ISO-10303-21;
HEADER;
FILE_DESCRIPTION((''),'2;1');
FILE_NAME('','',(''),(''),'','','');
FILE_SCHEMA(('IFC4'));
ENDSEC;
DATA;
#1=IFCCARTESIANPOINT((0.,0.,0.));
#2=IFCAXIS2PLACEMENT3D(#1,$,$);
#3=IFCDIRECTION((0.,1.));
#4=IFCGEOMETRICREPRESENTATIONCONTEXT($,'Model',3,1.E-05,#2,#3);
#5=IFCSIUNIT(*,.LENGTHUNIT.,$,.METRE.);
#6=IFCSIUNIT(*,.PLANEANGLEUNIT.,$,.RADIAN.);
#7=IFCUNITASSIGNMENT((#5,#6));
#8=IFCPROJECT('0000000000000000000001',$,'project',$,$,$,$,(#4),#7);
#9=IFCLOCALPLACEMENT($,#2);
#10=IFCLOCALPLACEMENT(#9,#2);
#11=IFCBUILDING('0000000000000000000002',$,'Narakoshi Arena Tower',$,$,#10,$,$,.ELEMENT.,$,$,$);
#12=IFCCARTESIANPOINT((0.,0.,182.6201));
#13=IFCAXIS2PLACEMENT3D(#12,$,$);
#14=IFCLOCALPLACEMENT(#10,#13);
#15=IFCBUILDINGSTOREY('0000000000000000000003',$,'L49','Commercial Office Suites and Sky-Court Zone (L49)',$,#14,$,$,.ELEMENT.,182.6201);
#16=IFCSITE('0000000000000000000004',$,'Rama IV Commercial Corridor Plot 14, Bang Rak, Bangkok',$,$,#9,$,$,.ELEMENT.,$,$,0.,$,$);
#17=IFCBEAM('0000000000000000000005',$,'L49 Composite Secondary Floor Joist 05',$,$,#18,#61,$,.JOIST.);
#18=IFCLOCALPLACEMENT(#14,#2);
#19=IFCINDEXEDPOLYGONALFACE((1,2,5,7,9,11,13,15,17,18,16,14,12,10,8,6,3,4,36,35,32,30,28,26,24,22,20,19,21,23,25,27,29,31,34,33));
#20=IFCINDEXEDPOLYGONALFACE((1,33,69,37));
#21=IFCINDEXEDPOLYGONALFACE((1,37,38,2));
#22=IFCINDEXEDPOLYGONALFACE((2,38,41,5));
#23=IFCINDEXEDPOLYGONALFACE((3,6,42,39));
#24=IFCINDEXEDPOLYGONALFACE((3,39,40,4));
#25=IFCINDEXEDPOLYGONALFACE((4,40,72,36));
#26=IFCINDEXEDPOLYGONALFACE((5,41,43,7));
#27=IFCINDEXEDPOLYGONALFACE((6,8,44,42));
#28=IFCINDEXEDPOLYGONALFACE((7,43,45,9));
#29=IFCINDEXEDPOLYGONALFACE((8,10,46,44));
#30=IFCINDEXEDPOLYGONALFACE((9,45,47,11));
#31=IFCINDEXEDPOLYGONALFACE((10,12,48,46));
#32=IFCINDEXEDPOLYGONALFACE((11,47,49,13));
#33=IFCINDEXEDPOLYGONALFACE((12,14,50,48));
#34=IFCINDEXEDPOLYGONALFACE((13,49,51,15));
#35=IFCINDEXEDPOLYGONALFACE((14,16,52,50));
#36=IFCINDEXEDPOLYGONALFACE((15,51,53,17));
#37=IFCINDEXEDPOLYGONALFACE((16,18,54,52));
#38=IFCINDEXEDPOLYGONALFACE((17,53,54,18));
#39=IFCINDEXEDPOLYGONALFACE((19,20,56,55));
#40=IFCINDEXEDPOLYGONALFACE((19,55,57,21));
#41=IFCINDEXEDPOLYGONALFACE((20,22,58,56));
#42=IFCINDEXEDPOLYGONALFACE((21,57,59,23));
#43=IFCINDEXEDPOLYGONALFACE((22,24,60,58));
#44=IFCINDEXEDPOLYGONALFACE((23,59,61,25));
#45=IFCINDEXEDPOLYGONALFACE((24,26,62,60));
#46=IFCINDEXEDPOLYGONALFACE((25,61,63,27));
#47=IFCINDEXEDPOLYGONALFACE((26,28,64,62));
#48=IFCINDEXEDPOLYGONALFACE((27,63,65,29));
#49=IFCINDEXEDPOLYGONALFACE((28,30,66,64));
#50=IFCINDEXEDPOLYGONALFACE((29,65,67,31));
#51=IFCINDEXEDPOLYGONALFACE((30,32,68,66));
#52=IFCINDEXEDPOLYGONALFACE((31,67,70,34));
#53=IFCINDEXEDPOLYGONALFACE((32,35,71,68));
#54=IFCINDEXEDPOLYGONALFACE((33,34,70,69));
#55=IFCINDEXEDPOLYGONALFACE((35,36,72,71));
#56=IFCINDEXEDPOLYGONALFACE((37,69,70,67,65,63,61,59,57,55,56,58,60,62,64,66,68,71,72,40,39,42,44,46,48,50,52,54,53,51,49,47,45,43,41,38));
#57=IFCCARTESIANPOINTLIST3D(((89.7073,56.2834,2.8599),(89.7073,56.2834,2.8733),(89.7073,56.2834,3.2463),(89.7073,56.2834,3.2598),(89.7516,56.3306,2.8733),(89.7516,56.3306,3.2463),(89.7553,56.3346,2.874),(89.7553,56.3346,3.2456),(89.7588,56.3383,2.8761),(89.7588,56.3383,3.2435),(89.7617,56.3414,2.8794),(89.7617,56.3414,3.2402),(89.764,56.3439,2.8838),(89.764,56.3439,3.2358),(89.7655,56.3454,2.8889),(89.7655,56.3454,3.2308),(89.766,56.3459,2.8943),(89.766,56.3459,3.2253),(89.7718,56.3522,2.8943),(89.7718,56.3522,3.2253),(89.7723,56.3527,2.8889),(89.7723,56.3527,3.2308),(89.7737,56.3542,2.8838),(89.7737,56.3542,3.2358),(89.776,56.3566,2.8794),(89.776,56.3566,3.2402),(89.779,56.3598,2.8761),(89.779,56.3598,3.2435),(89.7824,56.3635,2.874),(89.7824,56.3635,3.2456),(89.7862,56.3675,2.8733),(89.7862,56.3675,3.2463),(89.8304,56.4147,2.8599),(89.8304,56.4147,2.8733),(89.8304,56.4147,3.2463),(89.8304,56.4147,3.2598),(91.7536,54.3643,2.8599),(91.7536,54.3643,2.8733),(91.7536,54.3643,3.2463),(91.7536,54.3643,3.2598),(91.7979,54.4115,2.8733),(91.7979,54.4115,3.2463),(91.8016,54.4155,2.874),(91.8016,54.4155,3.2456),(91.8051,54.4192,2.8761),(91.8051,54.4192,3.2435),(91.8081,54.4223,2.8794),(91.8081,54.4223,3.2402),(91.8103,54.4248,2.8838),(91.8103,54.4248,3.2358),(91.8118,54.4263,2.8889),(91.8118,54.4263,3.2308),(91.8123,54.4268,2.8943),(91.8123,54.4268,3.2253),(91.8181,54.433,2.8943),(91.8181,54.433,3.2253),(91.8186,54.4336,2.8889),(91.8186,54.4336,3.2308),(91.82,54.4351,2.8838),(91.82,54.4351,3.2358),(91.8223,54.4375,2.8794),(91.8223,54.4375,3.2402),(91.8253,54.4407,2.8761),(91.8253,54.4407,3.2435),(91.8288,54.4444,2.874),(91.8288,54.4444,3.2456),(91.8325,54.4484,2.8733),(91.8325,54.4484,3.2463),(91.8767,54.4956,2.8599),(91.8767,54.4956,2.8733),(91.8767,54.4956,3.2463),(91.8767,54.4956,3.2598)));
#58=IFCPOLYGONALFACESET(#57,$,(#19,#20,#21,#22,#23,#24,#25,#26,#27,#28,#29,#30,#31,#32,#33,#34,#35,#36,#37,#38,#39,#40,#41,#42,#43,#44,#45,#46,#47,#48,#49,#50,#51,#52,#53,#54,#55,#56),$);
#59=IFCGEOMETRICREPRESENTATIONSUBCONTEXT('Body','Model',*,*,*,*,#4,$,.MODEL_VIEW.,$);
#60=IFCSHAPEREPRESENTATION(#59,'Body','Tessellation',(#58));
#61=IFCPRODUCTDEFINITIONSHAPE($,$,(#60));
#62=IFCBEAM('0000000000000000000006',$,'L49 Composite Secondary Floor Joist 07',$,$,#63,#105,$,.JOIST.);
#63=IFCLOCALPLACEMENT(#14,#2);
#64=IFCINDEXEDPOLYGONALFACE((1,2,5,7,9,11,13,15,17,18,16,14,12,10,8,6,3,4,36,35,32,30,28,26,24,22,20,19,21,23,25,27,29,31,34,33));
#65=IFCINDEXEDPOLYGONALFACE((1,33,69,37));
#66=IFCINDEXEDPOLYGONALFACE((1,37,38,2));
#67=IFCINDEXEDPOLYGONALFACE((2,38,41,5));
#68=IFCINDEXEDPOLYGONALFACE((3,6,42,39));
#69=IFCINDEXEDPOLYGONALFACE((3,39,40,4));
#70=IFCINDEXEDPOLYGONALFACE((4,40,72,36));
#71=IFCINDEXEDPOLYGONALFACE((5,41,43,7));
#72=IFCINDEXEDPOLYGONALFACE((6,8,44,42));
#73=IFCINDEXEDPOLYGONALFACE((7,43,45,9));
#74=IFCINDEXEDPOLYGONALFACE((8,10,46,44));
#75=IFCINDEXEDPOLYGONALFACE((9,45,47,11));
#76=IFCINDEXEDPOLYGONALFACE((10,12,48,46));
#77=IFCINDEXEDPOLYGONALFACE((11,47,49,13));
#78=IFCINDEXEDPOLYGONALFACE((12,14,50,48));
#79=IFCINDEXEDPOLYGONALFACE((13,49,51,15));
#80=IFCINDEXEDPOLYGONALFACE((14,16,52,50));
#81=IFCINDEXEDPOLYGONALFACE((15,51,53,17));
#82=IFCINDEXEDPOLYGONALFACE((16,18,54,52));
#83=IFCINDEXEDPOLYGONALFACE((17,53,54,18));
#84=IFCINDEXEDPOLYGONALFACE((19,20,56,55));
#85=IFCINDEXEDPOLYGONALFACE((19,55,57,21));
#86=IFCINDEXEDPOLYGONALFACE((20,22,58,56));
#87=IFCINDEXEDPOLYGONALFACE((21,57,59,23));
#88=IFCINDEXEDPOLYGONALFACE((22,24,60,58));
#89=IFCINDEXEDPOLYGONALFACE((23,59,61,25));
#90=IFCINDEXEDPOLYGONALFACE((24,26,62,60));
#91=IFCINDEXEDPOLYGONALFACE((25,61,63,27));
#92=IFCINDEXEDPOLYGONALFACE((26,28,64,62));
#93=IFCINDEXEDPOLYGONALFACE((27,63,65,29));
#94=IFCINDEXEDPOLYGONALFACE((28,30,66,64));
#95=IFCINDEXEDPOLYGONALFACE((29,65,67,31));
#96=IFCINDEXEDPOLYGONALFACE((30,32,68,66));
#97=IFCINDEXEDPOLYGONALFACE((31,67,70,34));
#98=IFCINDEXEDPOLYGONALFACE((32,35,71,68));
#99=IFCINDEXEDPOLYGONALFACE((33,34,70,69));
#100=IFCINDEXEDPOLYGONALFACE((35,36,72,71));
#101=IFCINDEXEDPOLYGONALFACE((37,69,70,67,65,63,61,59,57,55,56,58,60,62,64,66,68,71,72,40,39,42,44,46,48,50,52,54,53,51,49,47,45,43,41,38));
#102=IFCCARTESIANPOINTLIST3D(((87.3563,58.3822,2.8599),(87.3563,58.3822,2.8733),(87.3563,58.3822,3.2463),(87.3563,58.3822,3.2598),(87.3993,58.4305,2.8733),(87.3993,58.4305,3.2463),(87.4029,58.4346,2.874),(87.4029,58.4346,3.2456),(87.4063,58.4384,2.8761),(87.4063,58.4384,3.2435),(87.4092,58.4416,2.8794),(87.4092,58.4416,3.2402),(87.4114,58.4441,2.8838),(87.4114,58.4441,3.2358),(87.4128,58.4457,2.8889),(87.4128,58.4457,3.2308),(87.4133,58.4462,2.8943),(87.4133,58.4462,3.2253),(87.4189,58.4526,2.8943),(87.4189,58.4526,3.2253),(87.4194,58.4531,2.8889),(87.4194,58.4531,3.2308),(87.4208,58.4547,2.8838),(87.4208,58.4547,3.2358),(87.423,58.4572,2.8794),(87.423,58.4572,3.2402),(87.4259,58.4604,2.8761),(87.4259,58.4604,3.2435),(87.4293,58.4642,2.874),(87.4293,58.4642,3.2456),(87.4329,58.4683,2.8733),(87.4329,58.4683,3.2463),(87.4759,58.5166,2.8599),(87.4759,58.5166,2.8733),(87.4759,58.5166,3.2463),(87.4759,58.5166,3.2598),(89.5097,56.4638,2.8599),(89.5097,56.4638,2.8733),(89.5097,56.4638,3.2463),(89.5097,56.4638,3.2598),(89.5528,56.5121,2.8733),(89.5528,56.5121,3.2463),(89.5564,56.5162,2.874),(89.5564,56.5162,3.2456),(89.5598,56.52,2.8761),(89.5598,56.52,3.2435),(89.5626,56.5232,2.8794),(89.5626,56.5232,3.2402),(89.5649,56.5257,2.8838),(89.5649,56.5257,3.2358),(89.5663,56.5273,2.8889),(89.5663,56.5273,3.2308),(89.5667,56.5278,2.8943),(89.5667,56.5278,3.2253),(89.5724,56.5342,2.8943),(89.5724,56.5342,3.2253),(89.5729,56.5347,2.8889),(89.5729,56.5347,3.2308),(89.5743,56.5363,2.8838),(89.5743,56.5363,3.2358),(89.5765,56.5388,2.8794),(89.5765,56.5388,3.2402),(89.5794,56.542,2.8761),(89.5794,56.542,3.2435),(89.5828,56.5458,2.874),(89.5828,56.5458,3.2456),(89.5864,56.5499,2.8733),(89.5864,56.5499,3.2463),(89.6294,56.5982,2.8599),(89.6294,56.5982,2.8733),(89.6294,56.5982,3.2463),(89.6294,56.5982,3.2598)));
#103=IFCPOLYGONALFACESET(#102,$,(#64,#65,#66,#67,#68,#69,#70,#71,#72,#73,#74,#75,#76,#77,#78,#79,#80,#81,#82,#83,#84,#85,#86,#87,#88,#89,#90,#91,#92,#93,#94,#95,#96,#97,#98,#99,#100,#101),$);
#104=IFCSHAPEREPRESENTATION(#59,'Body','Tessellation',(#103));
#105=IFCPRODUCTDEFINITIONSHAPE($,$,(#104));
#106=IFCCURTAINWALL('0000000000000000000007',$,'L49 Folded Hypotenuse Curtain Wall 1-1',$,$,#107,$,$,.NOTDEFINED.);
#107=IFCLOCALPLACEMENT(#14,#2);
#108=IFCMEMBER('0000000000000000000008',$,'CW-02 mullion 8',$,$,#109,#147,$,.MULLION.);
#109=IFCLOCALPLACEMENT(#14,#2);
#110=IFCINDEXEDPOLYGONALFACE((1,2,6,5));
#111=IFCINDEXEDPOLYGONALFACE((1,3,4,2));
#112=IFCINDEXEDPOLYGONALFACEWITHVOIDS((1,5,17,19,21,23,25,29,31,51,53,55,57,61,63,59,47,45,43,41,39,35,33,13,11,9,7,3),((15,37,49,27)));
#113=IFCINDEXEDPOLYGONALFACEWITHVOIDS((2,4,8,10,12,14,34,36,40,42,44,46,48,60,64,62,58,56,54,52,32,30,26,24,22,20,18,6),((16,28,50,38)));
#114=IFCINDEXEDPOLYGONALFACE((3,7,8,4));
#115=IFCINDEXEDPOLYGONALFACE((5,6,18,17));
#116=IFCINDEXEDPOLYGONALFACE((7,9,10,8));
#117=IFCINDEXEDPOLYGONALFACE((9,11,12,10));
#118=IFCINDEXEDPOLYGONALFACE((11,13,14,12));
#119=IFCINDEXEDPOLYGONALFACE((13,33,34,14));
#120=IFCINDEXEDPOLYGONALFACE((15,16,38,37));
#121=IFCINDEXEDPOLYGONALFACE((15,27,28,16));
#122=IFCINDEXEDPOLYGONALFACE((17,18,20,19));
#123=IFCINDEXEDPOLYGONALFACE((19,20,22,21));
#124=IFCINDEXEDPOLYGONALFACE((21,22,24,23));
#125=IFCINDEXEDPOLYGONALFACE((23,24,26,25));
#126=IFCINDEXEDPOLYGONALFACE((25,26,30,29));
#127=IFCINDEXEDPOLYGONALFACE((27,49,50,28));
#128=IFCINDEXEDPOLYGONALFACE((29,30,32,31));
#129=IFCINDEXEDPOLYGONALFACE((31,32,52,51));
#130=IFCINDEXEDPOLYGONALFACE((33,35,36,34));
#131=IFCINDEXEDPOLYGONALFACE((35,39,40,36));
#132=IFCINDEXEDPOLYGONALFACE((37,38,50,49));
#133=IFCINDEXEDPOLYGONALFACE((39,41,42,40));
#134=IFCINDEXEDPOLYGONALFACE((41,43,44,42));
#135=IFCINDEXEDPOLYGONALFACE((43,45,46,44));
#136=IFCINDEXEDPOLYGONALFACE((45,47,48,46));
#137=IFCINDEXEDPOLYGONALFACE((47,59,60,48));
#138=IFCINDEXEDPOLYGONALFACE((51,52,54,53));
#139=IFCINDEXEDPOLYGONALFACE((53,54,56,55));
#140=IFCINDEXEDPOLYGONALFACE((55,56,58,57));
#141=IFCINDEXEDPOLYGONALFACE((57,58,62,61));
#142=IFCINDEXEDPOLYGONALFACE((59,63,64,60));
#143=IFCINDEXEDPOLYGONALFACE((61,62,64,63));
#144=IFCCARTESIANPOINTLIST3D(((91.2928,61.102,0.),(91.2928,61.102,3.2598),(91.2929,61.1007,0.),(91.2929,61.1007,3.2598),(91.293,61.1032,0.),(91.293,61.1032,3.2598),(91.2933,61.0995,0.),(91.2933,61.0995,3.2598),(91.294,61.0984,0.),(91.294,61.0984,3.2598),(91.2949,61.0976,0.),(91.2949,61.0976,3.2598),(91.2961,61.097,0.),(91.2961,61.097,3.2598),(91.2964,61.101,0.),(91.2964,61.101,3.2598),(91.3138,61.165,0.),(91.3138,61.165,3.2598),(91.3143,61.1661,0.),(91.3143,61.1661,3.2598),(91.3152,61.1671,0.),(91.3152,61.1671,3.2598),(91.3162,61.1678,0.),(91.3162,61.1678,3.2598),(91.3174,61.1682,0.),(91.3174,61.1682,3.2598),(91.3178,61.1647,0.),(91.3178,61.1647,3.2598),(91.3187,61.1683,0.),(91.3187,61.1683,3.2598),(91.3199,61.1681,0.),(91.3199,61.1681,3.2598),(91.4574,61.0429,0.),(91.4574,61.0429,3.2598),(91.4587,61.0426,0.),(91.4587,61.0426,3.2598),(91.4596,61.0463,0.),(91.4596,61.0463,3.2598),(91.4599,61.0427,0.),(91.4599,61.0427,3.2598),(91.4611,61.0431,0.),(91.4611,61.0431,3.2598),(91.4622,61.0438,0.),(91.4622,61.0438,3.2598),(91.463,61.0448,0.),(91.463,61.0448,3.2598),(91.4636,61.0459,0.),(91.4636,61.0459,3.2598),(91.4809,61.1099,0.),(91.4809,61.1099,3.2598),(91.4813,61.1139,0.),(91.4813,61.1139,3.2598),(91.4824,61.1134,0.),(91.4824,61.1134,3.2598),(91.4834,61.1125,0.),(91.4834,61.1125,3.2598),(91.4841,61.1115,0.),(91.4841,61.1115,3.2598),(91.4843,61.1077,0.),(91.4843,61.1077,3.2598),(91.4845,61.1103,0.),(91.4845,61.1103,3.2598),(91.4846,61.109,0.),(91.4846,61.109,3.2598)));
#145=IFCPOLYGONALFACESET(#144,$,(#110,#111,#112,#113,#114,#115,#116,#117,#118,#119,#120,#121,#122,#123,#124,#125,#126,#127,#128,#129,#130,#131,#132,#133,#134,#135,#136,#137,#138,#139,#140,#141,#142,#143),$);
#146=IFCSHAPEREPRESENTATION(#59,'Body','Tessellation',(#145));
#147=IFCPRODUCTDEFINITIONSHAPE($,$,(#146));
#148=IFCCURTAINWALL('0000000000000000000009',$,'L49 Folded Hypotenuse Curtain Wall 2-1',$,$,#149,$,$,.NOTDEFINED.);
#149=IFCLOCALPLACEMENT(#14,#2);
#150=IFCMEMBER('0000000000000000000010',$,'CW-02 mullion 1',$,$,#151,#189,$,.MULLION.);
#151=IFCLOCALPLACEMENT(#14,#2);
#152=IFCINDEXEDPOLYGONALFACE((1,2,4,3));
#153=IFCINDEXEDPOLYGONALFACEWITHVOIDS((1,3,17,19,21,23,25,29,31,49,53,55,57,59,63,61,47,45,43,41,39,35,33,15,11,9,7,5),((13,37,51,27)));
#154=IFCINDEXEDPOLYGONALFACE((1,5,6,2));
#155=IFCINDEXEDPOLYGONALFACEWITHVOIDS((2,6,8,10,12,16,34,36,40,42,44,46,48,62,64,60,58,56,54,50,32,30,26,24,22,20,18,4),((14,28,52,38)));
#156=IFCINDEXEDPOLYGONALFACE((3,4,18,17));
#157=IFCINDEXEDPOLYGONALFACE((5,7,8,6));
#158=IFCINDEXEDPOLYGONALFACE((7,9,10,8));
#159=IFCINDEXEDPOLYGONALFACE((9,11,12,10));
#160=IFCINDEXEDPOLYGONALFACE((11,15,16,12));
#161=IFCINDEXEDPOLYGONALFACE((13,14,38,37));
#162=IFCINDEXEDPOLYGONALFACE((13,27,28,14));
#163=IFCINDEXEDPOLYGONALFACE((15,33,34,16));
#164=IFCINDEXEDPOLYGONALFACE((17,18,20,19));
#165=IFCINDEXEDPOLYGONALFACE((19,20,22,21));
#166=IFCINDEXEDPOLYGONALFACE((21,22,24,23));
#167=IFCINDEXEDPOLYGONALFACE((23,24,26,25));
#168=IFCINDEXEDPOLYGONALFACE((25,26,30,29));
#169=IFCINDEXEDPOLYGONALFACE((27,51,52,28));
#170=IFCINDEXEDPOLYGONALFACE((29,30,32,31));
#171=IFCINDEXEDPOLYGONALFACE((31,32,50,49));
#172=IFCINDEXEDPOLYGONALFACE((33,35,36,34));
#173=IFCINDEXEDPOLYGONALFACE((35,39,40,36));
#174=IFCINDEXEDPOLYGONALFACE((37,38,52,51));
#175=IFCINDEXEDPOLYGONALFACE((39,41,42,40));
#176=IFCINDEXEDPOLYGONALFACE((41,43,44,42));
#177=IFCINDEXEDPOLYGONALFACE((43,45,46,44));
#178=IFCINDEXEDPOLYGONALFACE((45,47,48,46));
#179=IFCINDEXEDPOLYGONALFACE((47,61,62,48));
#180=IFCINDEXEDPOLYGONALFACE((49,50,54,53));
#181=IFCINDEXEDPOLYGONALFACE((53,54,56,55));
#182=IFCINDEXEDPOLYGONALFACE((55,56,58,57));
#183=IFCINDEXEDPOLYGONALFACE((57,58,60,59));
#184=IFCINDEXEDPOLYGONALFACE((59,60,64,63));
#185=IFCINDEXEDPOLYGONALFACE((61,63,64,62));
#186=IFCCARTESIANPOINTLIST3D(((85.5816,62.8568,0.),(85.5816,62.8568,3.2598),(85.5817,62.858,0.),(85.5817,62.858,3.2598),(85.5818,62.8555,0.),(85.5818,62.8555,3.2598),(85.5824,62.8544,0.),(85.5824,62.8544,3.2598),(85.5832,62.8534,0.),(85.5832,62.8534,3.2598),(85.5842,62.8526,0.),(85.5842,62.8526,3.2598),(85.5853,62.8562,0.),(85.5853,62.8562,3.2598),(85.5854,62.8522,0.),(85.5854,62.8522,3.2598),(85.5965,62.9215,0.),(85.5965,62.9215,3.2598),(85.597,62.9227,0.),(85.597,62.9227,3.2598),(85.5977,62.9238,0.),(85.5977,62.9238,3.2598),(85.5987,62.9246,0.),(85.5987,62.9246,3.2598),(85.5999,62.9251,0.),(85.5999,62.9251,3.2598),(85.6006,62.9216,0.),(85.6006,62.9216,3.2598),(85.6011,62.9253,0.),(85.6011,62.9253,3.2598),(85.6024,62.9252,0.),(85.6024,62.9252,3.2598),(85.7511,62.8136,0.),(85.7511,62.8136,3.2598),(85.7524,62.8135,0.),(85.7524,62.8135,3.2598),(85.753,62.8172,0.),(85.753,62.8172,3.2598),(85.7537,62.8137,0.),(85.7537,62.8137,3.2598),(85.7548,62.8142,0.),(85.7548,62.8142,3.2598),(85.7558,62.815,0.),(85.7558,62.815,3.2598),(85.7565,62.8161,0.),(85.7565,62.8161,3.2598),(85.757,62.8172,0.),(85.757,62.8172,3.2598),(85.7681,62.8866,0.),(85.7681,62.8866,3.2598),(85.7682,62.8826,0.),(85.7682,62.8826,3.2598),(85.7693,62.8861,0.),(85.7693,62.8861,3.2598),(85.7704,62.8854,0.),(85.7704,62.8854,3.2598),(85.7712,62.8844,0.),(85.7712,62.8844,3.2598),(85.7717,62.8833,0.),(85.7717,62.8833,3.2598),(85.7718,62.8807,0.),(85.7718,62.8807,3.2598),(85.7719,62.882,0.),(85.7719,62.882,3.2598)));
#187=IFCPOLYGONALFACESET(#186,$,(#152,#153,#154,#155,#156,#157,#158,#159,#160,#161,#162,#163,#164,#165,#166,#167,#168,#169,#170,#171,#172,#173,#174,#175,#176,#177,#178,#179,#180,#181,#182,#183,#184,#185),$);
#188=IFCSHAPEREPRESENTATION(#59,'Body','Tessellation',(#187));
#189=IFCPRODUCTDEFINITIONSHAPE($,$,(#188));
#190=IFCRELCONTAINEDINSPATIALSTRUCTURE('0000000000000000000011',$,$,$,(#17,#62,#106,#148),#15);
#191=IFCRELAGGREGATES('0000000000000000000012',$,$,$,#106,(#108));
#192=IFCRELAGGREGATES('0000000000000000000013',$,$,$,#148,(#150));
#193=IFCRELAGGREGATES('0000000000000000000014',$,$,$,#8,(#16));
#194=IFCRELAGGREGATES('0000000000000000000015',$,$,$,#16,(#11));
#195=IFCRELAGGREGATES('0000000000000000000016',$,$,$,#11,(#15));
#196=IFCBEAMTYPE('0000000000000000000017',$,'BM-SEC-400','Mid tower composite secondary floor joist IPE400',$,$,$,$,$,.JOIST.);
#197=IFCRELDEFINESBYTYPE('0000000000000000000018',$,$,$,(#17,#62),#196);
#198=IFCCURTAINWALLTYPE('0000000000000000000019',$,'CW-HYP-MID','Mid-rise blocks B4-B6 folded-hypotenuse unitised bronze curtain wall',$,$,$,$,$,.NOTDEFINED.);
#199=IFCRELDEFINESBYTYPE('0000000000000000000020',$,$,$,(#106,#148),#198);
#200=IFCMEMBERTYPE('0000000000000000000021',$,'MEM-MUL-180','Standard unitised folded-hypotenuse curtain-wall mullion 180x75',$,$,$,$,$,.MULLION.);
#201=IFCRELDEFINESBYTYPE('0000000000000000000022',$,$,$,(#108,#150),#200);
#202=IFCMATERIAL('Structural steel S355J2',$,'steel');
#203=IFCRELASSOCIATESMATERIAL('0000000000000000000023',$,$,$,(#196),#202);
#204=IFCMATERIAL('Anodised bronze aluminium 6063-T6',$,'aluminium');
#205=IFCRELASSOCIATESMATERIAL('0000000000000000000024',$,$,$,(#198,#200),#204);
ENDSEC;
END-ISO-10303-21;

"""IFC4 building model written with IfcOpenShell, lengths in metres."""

from ifc_helpers import new_model, si_unit, direction, frame, origin, origin_2d, place, context, subcontext, project, spatial, hollow_rectangle, i_section, extrude, material, material_profile, profile_set, type_object, element, aggregate, save


model = new_model("IFC4")

# Units and contexts
model_context = context("Model", 3, precision=1e-05, world=origin(), true_north=direction((0.0, 1.0)))
body_context = subcontext(model_context, "Body", "Model", "MODEL_VIEW")
ifc_project = project(units=[si_unit("LENGTHUNIT", "METRE"), si_unit("PLANEANGLEUNIT", "RADIAN")], contexts=[model_context])

# Site, building, storey
site_placement = place(None, origin())
site = spatial("IfcSite", under=ifc_project, at=site_placement, Name="Rama IV Commercial Corridor Plot 14, Bang Rak, Bangkok", CompositionType="ELEMENT", RefElevation=0.0)
building_placement = place(site_placement, origin())
building = spatial("IfcBuilding", under=site, at=building_placement, Name="Narakoshi Arena Tower", CompositionType="ELEMENT")
storey_placement = place(building_placement, frame((0.0, 0.0, 182.6201)))
storey = spatial("IfcBuildingStorey", under=building, at=storey_placement, Name="L49", Description="Commercial Office Suites and Sky-Court Zone (L49)", CompositionType="ELEMENT", Elevation=182.6201)

# Beams
ifc_material_1 = material(Name="Structural steel S355J2", Category="steel")
ifc_material_profile_1 = material_profile(ifc_material_1, i_section(OverallWidth=0.1799, OverallDepth=0.3999, WebThickness=0.0085, FlangeThickness=0.0134, FilletRadius=0.021, at=origin_2d()), Name="IPE400")
ifc_profile_set_1 = profile_set([ifc_material_profile_1], Name="Structural steel S355J2")
beam_type_1 = type_object("IfcBeamType", Name="BM-SEC-400", Description="Mid tower composite secondary floor joist IPE400", PredefinedType="JOIST", material=ifc_profile_set_1)
beam_1_placement = place(storey_placement, frame((91.8152, 54.4299, 3.0598), z_axis=(-0.729412, 0.684074, 0.0), x_axis=(-0.684074, -0.729412, 0.0)))
element("IfcBeam", 1, at=beam_1_placement, inside=storey, type_object=beam_type_1, Name="L49 Composite Secondary Floor Joist 05", PredefinedType="JOIST", context=body_context, shape_type="SweptSolid", body=[
    extrude(i_section(OverallWidth=0.1799, OverallDepth=0.3999, WebThickness=0.0085, FlangeThickness=0.0134, FilletRadius=0.021, at=origin_2d()), origin(), (0.0, 0.0, 1.0), 2.8054),
])
beam_2_placement = place(storey_placement, frame((89.5696, 56.531, 3.0598), z_axis=(-0.74669, 0.665173, 0.0), x_axis=(-0.665173, -0.74669, 0.0)))
element("IfcBeam", 2, at=beam_2_placement, inside=storey, type_object=beam_type_1, Name="L49 Composite Secondary Floor Joist 07", PredefinedType="JOIST", context=body_context, shape_type="SweptSolid", body=[
    extrude(i_section(OverallWidth=0.1799, OverallDepth=0.3999, WebThickness=0.0085, FlangeThickness=0.0134, FilletRadius=0.021, at=origin_2d()), origin(), (0.0, 0.0, 1.0), 2.884),
])

# Curtain wall, member
ifc_material_2 = material(Name="Anodised bronze aluminium 6063-T6", Category="aluminium")
curtain_wall_type = type_object("IfcCurtainWallType", Name="CW-HYP-MID", Description="Mid-rise blocks B4-B6 folded-hypotenuse unitised bronze curtain wall", PredefinedType="NOTDEFINED", material=ifc_material_2)
curtain_wall_1_placement = place(storey_placement, origin())
curtain_wall_1 = element("IfcCurtainWall", 3, at=curtain_wall_1_placement, inside=storey, type_object=curtain_wall_type, Name="L49 Folded Hypotenuse Curtain Wall 1-1", PredefinedType="NOTDEFINED")
ifc_material_profile_2 = material_profile(ifc_material_2, hollow_rectangle(XDim=0.075, YDim=0.1799, WallThickness=0.0039, OuterFilletRadius=0.0049, at=origin_2d()), Name="MUL180x75x4")
ifc_profile_set_2 = profile_set([ifc_material_profile_2], Name="Anodised bronze aluminium 6063-T6")
member_type_1 = type_object("IfcMemberType", Name="MEM-MUL-180", Description="Standard unitised folded-hypotenuse curtain-wall mullion 180x75", PredefinedType="MULLION", material=ifc_profile_set_2)
member_1_placement = place(storey_placement, frame((91.3887, 61.1055, 0.0), z_axis=(0.0, 0.0, 1.0), x_axis=(-0.318261, -0.948003, 0.0)))
member_1 = element("IfcMember", 4, at=member_1_placement, type_object=member_type_1, Name="CW-02 mullion 8", PredefinedType="MULLION", context=body_context, shape_type="SweptSolid", body=[
    extrude(hollow_rectangle(XDim=0.075, YDim=0.1799, WallThickness=0.0039, OuterFilletRadius=0.0049, at=origin_2d()), origin(), (0.0, 0.0, 1.0), 3.2598),
])
aggregate(curtain_wall_1, [member_1])

# Curtain wall, member
curtain_wall_2_placement = place(storey_placement, origin())
curtain_wall_2 = element("IfcCurtainWall", 5, at=curtain_wall_2_placement, inside=storey, type_object=curtain_wall_type, Name="L49 Folded Hypotenuse Curtain Wall 2-1", PredefinedType="NOTDEFINED")
member_2_placement = place(storey_placement, frame((85.6768, 62.8694, 0.0), z_axis=(0.0, 0.0, 1.0), x_axis=(-0.226721, -0.97396, 0.0)))
member_2 = element("IfcMember", 6, at=member_2_placement, type_object=member_type_1, Name="CW-02 mullion 1", PredefinedType="MULLION", context=body_context, shape_type="SweptSolid", body=[
    extrude(hollow_rectangle(XDim=0.075, YDim=0.1799, WallThickness=0.0039, OuterFilletRadius=0.0049, at=origin_2d()), origin(), (0.0, 0.0, 1.0), 3.2598),
])
aggregate(curtain_wall_2, [member_2])

save(model, "model.ifc")
